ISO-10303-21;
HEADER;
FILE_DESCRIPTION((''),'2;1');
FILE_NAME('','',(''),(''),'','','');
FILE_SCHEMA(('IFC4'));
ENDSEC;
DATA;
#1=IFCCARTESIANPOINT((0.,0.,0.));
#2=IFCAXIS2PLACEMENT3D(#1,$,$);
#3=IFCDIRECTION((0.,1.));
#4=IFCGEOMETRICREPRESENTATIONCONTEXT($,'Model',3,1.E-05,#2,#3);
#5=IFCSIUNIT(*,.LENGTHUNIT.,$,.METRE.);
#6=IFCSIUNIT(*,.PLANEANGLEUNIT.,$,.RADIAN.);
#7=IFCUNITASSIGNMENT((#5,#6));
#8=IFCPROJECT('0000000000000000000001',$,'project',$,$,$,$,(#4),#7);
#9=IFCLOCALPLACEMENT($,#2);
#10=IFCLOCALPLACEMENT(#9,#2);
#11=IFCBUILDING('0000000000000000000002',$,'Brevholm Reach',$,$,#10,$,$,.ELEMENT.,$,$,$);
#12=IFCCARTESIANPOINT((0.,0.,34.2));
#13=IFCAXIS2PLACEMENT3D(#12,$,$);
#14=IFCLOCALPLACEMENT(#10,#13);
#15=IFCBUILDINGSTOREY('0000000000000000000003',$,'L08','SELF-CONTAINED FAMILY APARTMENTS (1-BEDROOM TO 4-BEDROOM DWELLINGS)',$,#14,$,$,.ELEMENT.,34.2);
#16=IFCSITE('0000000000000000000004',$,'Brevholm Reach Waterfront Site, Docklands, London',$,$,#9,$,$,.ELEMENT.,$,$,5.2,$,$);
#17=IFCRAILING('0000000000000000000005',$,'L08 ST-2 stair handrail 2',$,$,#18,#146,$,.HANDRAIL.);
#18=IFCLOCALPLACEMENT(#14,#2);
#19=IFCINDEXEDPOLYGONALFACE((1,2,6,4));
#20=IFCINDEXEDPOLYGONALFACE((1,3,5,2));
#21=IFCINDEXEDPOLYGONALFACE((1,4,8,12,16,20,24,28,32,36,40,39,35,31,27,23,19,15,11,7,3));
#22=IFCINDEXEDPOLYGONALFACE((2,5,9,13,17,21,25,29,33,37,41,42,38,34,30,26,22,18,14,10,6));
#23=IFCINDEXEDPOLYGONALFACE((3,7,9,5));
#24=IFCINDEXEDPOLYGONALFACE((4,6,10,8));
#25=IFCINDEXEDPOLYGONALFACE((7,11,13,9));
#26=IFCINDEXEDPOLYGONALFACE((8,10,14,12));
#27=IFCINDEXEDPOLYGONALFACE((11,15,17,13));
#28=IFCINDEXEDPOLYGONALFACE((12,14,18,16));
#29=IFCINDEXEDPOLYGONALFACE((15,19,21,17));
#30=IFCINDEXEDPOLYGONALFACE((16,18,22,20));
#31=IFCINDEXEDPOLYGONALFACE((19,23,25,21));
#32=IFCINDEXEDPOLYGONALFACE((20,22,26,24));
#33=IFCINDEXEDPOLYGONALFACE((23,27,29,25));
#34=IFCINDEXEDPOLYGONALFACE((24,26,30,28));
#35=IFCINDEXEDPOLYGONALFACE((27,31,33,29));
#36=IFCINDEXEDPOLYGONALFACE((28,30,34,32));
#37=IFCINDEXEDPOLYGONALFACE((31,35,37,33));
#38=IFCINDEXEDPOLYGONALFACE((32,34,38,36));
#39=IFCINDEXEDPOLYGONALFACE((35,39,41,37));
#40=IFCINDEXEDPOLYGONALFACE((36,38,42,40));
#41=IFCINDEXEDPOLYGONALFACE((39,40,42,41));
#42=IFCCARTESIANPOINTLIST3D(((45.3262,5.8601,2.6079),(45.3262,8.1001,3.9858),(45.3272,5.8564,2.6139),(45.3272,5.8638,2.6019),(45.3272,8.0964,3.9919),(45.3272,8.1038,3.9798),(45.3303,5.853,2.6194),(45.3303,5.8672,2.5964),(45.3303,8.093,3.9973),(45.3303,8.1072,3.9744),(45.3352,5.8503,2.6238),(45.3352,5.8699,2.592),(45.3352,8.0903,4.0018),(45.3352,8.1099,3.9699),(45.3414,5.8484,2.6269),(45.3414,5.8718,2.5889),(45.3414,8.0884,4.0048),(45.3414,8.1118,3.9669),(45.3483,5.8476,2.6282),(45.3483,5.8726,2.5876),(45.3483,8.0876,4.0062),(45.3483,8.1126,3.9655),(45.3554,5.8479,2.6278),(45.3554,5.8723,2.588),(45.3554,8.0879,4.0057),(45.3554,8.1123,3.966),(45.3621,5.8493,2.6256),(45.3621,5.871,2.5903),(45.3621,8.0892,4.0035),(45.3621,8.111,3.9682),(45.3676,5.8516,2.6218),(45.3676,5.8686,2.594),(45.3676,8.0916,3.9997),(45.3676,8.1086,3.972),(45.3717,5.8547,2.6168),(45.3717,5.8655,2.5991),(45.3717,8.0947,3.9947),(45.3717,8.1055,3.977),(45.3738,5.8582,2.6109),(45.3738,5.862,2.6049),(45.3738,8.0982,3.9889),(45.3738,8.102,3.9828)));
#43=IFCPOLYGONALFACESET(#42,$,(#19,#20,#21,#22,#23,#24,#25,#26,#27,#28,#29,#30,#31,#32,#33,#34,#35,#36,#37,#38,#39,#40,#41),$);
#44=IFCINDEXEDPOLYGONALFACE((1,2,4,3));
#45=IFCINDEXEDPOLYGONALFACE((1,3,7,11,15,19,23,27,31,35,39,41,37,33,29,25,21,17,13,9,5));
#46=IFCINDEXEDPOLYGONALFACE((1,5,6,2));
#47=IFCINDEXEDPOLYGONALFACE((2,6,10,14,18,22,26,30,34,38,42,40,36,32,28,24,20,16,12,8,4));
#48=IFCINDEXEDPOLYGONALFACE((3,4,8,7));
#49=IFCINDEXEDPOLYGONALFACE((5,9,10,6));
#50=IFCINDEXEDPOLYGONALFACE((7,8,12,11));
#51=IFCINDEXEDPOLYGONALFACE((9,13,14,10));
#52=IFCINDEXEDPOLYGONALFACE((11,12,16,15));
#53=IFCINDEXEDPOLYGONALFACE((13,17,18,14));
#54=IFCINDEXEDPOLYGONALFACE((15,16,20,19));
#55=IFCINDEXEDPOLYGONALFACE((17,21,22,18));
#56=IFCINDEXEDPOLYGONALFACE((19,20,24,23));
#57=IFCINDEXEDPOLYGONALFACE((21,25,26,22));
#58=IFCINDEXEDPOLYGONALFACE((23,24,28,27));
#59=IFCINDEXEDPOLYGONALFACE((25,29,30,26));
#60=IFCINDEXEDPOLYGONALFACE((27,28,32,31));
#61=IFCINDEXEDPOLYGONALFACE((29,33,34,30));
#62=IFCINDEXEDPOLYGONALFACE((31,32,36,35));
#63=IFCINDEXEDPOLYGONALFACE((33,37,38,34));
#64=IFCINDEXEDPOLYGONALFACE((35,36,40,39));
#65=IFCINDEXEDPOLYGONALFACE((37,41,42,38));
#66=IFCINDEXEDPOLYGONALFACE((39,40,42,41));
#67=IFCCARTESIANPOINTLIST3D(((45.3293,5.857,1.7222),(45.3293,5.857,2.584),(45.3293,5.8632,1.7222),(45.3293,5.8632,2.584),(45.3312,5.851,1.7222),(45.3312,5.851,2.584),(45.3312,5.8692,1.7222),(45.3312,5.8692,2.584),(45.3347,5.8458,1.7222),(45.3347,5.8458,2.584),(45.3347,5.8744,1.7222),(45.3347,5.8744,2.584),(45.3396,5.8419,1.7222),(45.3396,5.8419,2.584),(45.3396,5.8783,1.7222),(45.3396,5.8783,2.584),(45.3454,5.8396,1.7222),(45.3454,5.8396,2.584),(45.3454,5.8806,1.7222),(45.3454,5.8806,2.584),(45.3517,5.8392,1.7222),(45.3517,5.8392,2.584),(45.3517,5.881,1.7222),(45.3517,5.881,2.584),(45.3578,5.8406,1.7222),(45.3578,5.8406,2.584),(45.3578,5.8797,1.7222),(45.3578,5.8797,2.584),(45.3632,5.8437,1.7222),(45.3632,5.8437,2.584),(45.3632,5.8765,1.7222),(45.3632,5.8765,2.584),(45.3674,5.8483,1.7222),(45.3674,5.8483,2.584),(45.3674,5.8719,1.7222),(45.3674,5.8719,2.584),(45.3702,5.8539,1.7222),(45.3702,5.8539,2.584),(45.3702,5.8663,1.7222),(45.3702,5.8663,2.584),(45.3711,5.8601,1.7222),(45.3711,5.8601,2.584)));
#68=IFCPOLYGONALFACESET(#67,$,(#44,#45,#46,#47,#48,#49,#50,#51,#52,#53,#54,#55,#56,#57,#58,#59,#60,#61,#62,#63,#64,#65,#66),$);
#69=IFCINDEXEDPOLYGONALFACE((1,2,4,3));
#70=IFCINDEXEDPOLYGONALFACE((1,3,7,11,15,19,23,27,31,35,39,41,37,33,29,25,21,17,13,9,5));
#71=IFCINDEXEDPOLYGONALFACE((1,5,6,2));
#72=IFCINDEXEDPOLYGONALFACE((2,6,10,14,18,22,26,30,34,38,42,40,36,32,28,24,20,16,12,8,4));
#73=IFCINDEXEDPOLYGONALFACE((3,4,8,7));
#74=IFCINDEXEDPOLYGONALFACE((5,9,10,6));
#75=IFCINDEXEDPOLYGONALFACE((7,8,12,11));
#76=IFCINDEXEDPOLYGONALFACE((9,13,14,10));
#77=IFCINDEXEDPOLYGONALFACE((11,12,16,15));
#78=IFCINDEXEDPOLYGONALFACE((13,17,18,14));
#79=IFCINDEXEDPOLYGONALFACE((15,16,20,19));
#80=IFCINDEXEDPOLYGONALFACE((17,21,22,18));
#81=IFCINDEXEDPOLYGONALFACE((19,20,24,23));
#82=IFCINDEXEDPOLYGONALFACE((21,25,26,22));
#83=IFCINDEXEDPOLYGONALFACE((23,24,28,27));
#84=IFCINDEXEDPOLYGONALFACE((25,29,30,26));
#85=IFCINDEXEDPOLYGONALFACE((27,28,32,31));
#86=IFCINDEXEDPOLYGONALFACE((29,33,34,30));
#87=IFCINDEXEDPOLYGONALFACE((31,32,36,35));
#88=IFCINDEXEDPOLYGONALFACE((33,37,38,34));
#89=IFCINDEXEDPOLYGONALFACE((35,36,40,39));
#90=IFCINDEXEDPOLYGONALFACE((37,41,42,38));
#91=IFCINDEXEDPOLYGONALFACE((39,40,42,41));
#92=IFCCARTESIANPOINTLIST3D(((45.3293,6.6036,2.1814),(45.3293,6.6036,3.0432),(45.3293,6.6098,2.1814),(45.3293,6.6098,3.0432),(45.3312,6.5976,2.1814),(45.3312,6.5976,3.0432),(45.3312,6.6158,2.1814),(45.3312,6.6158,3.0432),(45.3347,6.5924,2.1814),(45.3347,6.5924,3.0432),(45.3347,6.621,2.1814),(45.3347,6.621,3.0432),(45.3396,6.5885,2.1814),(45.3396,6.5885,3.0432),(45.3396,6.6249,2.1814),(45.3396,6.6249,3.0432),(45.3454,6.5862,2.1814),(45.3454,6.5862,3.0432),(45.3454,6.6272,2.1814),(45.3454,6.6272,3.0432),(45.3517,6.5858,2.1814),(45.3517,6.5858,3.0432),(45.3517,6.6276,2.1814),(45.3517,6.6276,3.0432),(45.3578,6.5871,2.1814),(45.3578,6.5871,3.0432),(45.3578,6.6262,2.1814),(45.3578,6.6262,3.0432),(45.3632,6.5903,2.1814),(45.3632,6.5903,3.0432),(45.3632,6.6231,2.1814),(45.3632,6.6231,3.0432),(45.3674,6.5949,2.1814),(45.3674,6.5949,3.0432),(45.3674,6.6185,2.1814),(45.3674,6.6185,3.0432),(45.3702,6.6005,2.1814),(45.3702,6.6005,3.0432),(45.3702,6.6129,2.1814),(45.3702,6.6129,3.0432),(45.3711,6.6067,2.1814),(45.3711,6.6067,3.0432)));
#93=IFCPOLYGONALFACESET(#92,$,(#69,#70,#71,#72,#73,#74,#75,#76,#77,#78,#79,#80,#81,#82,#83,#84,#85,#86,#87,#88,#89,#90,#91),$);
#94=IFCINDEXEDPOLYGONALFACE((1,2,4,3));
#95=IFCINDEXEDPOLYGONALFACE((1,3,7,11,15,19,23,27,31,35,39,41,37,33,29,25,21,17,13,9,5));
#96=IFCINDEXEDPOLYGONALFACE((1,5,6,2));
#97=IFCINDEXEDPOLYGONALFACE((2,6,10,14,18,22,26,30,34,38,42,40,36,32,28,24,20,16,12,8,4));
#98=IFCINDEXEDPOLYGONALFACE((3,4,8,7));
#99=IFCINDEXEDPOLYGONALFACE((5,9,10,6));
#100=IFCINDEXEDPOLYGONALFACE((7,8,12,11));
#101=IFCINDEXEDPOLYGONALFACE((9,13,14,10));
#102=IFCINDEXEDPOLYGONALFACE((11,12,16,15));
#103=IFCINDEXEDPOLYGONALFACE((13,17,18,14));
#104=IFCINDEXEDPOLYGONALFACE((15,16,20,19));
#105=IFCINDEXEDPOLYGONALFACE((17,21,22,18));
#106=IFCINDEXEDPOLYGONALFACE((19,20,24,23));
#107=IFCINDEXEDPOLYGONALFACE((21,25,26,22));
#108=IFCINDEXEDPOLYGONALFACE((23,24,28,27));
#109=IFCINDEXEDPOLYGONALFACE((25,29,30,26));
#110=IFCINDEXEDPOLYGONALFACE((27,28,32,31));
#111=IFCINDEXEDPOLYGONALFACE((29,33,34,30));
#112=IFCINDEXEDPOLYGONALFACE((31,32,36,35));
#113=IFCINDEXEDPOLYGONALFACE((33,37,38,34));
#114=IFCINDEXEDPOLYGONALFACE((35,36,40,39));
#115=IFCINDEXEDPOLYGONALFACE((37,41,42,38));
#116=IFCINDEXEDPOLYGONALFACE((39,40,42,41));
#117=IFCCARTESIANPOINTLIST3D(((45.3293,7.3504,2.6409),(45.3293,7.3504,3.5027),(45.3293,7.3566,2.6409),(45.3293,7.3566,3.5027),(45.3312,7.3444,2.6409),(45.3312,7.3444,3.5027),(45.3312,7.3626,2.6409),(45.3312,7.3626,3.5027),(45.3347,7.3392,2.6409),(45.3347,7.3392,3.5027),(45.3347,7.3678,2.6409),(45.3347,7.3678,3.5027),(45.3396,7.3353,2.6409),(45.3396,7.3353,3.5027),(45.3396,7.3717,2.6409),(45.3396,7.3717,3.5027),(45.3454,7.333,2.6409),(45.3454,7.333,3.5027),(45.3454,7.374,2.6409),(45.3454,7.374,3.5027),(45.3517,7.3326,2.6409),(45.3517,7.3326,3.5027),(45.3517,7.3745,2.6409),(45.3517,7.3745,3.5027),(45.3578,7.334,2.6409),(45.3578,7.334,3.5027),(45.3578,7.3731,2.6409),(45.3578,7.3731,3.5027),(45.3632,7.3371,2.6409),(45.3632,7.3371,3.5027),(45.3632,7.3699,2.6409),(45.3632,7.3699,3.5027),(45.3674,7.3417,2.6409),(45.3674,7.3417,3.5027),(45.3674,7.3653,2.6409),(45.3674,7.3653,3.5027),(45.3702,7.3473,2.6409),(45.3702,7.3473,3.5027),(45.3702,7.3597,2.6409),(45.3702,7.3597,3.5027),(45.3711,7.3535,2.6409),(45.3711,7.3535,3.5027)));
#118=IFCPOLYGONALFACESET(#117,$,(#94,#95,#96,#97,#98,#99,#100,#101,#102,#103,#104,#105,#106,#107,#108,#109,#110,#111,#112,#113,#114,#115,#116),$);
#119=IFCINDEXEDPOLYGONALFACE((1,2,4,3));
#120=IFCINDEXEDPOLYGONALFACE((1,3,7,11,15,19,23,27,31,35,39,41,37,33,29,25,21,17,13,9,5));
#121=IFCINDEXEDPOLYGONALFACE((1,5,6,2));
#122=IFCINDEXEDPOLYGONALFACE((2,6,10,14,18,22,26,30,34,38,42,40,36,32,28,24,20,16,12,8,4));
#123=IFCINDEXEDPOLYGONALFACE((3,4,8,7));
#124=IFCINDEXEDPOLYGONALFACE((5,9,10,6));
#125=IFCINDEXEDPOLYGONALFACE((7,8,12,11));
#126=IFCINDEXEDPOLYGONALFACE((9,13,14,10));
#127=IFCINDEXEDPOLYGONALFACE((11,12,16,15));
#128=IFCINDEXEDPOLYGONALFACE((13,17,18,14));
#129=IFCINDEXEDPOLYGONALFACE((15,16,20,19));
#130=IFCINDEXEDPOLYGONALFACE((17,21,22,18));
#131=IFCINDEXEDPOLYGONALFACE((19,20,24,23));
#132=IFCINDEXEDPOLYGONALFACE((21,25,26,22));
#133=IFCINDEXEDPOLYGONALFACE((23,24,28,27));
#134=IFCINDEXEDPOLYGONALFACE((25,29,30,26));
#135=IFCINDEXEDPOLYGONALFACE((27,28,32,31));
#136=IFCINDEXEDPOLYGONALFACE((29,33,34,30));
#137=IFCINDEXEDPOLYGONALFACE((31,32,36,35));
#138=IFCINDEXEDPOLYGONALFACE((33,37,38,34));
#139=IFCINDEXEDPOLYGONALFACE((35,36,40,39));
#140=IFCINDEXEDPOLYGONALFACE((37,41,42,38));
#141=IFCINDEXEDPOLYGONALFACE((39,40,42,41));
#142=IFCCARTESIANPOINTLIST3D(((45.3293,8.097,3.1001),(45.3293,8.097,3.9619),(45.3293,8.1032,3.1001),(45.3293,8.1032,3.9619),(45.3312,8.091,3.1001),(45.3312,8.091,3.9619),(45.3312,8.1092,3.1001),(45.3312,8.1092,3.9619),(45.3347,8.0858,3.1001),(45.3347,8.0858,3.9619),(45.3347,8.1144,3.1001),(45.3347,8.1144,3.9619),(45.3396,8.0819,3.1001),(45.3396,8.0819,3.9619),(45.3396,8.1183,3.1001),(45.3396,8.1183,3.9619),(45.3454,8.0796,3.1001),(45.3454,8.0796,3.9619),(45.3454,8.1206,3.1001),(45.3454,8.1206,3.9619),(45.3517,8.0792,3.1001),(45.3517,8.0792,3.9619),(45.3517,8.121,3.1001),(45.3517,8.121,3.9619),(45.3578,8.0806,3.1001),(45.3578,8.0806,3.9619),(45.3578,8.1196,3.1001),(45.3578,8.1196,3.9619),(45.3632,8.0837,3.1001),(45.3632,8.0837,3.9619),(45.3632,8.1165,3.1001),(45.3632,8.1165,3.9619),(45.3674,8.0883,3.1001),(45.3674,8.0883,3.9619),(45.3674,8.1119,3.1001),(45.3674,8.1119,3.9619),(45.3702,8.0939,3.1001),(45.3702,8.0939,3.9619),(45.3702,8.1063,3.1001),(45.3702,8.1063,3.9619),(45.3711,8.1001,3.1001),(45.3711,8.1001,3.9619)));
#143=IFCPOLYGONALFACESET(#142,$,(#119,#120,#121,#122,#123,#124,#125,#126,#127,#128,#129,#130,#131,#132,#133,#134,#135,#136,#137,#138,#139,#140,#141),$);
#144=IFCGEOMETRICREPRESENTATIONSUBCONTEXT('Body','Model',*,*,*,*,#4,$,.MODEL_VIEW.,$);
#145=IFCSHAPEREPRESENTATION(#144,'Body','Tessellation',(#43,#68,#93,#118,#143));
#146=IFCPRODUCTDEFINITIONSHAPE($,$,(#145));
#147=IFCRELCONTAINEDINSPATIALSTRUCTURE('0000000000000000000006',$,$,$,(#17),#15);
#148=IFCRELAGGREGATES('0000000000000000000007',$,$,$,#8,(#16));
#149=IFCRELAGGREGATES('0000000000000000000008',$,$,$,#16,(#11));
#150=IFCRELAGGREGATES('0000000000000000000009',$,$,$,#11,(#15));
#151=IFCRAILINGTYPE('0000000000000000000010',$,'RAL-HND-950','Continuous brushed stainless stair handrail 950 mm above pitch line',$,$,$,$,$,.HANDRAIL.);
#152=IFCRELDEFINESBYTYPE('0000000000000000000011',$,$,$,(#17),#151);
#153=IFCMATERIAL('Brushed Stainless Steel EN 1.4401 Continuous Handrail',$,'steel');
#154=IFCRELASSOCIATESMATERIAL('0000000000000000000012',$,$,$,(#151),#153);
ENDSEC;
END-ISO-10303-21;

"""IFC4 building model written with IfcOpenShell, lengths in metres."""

from ifc_helpers import new_model, si_unit, direction, frame, origin, origin_2d, place, context, subcontext, project, spatial, circle, extrude, material, type_object, element, save


model = new_model("IFC4")

# Units and contexts
model_context = context("Model", 3, precision=1e-05, world=origin(), true_north=direction((0.0, 1.0)))
body_context = subcontext(model_context, "Body", "Model", "MODEL_VIEW")
ifc_project = project(units=[si_unit("LENGTHUNIT", "METRE"), si_unit("PLANEANGLEUNIT", "RADIAN")], contexts=[model_context])

# Site, building, storey
site_placement = place(None, origin())
site = spatial("IfcSite", under=ifc_project, at=site_placement, Name="Brevholm Reach Waterfront Site, Docklands, London", CompositionType="ELEMENT", RefElevation=5.2)
building_placement = place(site_placement, origin())
building = spatial("IfcBuilding", under=site, at=building_placement, Name="Brevholm Reach", CompositionType="ELEMENT")
storey_placement = place(building_placement, frame((0.0, 0.0, 34.2)))
storey = spatial("IfcBuildingStorey", under=building, at=storey_placement, Name="L08", Description="SELF-CONTAINED FAMILY APARTMENTS (1-BEDROOM TO 4-BEDROOM DWELLINGS)", CompositionType="ELEMENT", Elevation=34.2)

# Railing
ifc_material_1 = material(Name="Brushed Stainless Steel EN 1.4401 Continuous Handrail", Category="steel")
railing_type_1 = type_object("IfcRailingType", Name="RAL-HND-950", Description="Continuous brushed stainless stair handrail 950 mm above pitch line", PredefinedType="HANDRAIL", material=ifc_material_1)
railing_1_placement = place(storey_placement, frame((45.3501, 5.8601, 1.7222)))
element("IfcRailing", 1, at=railing_1_placement, inside=storey, type_object=railing_type_1, Name="L08 ST-2 stair handrail 2", PredefinedType="HANDRAIL", context=body_context, shape_type="SweptSolid", body=[
    extrude(circle(Radius=0.0239, at=origin_2d()), frame((0.0, 0.0, 0.8857), z_axis=(0.0, 0.851748, 0.523952), x_axis=(-1.0, 0.0, 0.0)), (0.0, 0.0, 1.0), 2.6299),
    extrude(circle(Radius=0.021, at=origin_2d()), origin(), (0.0, 0.0, 1.0), 0.8618),
    extrude(circle(Radius=0.021, at=origin_2d()), frame((0.0, 0.7466, 0.4592)), (0.0, 0.0, 1.0), 0.8618),
    extrude(circle(Radius=0.021, at=origin_2d()), frame((0.0, 1.4934, 0.9187)), (0.0, 0.0, 1.0), 0.8618),
    extrude(circle(Radius=0.021, at=origin_2d()), frame((0.0, 2.24, 1.3779)), (0.0, 0.0, 1.0), 0.8618),
])

save(model, "model.ifc")
